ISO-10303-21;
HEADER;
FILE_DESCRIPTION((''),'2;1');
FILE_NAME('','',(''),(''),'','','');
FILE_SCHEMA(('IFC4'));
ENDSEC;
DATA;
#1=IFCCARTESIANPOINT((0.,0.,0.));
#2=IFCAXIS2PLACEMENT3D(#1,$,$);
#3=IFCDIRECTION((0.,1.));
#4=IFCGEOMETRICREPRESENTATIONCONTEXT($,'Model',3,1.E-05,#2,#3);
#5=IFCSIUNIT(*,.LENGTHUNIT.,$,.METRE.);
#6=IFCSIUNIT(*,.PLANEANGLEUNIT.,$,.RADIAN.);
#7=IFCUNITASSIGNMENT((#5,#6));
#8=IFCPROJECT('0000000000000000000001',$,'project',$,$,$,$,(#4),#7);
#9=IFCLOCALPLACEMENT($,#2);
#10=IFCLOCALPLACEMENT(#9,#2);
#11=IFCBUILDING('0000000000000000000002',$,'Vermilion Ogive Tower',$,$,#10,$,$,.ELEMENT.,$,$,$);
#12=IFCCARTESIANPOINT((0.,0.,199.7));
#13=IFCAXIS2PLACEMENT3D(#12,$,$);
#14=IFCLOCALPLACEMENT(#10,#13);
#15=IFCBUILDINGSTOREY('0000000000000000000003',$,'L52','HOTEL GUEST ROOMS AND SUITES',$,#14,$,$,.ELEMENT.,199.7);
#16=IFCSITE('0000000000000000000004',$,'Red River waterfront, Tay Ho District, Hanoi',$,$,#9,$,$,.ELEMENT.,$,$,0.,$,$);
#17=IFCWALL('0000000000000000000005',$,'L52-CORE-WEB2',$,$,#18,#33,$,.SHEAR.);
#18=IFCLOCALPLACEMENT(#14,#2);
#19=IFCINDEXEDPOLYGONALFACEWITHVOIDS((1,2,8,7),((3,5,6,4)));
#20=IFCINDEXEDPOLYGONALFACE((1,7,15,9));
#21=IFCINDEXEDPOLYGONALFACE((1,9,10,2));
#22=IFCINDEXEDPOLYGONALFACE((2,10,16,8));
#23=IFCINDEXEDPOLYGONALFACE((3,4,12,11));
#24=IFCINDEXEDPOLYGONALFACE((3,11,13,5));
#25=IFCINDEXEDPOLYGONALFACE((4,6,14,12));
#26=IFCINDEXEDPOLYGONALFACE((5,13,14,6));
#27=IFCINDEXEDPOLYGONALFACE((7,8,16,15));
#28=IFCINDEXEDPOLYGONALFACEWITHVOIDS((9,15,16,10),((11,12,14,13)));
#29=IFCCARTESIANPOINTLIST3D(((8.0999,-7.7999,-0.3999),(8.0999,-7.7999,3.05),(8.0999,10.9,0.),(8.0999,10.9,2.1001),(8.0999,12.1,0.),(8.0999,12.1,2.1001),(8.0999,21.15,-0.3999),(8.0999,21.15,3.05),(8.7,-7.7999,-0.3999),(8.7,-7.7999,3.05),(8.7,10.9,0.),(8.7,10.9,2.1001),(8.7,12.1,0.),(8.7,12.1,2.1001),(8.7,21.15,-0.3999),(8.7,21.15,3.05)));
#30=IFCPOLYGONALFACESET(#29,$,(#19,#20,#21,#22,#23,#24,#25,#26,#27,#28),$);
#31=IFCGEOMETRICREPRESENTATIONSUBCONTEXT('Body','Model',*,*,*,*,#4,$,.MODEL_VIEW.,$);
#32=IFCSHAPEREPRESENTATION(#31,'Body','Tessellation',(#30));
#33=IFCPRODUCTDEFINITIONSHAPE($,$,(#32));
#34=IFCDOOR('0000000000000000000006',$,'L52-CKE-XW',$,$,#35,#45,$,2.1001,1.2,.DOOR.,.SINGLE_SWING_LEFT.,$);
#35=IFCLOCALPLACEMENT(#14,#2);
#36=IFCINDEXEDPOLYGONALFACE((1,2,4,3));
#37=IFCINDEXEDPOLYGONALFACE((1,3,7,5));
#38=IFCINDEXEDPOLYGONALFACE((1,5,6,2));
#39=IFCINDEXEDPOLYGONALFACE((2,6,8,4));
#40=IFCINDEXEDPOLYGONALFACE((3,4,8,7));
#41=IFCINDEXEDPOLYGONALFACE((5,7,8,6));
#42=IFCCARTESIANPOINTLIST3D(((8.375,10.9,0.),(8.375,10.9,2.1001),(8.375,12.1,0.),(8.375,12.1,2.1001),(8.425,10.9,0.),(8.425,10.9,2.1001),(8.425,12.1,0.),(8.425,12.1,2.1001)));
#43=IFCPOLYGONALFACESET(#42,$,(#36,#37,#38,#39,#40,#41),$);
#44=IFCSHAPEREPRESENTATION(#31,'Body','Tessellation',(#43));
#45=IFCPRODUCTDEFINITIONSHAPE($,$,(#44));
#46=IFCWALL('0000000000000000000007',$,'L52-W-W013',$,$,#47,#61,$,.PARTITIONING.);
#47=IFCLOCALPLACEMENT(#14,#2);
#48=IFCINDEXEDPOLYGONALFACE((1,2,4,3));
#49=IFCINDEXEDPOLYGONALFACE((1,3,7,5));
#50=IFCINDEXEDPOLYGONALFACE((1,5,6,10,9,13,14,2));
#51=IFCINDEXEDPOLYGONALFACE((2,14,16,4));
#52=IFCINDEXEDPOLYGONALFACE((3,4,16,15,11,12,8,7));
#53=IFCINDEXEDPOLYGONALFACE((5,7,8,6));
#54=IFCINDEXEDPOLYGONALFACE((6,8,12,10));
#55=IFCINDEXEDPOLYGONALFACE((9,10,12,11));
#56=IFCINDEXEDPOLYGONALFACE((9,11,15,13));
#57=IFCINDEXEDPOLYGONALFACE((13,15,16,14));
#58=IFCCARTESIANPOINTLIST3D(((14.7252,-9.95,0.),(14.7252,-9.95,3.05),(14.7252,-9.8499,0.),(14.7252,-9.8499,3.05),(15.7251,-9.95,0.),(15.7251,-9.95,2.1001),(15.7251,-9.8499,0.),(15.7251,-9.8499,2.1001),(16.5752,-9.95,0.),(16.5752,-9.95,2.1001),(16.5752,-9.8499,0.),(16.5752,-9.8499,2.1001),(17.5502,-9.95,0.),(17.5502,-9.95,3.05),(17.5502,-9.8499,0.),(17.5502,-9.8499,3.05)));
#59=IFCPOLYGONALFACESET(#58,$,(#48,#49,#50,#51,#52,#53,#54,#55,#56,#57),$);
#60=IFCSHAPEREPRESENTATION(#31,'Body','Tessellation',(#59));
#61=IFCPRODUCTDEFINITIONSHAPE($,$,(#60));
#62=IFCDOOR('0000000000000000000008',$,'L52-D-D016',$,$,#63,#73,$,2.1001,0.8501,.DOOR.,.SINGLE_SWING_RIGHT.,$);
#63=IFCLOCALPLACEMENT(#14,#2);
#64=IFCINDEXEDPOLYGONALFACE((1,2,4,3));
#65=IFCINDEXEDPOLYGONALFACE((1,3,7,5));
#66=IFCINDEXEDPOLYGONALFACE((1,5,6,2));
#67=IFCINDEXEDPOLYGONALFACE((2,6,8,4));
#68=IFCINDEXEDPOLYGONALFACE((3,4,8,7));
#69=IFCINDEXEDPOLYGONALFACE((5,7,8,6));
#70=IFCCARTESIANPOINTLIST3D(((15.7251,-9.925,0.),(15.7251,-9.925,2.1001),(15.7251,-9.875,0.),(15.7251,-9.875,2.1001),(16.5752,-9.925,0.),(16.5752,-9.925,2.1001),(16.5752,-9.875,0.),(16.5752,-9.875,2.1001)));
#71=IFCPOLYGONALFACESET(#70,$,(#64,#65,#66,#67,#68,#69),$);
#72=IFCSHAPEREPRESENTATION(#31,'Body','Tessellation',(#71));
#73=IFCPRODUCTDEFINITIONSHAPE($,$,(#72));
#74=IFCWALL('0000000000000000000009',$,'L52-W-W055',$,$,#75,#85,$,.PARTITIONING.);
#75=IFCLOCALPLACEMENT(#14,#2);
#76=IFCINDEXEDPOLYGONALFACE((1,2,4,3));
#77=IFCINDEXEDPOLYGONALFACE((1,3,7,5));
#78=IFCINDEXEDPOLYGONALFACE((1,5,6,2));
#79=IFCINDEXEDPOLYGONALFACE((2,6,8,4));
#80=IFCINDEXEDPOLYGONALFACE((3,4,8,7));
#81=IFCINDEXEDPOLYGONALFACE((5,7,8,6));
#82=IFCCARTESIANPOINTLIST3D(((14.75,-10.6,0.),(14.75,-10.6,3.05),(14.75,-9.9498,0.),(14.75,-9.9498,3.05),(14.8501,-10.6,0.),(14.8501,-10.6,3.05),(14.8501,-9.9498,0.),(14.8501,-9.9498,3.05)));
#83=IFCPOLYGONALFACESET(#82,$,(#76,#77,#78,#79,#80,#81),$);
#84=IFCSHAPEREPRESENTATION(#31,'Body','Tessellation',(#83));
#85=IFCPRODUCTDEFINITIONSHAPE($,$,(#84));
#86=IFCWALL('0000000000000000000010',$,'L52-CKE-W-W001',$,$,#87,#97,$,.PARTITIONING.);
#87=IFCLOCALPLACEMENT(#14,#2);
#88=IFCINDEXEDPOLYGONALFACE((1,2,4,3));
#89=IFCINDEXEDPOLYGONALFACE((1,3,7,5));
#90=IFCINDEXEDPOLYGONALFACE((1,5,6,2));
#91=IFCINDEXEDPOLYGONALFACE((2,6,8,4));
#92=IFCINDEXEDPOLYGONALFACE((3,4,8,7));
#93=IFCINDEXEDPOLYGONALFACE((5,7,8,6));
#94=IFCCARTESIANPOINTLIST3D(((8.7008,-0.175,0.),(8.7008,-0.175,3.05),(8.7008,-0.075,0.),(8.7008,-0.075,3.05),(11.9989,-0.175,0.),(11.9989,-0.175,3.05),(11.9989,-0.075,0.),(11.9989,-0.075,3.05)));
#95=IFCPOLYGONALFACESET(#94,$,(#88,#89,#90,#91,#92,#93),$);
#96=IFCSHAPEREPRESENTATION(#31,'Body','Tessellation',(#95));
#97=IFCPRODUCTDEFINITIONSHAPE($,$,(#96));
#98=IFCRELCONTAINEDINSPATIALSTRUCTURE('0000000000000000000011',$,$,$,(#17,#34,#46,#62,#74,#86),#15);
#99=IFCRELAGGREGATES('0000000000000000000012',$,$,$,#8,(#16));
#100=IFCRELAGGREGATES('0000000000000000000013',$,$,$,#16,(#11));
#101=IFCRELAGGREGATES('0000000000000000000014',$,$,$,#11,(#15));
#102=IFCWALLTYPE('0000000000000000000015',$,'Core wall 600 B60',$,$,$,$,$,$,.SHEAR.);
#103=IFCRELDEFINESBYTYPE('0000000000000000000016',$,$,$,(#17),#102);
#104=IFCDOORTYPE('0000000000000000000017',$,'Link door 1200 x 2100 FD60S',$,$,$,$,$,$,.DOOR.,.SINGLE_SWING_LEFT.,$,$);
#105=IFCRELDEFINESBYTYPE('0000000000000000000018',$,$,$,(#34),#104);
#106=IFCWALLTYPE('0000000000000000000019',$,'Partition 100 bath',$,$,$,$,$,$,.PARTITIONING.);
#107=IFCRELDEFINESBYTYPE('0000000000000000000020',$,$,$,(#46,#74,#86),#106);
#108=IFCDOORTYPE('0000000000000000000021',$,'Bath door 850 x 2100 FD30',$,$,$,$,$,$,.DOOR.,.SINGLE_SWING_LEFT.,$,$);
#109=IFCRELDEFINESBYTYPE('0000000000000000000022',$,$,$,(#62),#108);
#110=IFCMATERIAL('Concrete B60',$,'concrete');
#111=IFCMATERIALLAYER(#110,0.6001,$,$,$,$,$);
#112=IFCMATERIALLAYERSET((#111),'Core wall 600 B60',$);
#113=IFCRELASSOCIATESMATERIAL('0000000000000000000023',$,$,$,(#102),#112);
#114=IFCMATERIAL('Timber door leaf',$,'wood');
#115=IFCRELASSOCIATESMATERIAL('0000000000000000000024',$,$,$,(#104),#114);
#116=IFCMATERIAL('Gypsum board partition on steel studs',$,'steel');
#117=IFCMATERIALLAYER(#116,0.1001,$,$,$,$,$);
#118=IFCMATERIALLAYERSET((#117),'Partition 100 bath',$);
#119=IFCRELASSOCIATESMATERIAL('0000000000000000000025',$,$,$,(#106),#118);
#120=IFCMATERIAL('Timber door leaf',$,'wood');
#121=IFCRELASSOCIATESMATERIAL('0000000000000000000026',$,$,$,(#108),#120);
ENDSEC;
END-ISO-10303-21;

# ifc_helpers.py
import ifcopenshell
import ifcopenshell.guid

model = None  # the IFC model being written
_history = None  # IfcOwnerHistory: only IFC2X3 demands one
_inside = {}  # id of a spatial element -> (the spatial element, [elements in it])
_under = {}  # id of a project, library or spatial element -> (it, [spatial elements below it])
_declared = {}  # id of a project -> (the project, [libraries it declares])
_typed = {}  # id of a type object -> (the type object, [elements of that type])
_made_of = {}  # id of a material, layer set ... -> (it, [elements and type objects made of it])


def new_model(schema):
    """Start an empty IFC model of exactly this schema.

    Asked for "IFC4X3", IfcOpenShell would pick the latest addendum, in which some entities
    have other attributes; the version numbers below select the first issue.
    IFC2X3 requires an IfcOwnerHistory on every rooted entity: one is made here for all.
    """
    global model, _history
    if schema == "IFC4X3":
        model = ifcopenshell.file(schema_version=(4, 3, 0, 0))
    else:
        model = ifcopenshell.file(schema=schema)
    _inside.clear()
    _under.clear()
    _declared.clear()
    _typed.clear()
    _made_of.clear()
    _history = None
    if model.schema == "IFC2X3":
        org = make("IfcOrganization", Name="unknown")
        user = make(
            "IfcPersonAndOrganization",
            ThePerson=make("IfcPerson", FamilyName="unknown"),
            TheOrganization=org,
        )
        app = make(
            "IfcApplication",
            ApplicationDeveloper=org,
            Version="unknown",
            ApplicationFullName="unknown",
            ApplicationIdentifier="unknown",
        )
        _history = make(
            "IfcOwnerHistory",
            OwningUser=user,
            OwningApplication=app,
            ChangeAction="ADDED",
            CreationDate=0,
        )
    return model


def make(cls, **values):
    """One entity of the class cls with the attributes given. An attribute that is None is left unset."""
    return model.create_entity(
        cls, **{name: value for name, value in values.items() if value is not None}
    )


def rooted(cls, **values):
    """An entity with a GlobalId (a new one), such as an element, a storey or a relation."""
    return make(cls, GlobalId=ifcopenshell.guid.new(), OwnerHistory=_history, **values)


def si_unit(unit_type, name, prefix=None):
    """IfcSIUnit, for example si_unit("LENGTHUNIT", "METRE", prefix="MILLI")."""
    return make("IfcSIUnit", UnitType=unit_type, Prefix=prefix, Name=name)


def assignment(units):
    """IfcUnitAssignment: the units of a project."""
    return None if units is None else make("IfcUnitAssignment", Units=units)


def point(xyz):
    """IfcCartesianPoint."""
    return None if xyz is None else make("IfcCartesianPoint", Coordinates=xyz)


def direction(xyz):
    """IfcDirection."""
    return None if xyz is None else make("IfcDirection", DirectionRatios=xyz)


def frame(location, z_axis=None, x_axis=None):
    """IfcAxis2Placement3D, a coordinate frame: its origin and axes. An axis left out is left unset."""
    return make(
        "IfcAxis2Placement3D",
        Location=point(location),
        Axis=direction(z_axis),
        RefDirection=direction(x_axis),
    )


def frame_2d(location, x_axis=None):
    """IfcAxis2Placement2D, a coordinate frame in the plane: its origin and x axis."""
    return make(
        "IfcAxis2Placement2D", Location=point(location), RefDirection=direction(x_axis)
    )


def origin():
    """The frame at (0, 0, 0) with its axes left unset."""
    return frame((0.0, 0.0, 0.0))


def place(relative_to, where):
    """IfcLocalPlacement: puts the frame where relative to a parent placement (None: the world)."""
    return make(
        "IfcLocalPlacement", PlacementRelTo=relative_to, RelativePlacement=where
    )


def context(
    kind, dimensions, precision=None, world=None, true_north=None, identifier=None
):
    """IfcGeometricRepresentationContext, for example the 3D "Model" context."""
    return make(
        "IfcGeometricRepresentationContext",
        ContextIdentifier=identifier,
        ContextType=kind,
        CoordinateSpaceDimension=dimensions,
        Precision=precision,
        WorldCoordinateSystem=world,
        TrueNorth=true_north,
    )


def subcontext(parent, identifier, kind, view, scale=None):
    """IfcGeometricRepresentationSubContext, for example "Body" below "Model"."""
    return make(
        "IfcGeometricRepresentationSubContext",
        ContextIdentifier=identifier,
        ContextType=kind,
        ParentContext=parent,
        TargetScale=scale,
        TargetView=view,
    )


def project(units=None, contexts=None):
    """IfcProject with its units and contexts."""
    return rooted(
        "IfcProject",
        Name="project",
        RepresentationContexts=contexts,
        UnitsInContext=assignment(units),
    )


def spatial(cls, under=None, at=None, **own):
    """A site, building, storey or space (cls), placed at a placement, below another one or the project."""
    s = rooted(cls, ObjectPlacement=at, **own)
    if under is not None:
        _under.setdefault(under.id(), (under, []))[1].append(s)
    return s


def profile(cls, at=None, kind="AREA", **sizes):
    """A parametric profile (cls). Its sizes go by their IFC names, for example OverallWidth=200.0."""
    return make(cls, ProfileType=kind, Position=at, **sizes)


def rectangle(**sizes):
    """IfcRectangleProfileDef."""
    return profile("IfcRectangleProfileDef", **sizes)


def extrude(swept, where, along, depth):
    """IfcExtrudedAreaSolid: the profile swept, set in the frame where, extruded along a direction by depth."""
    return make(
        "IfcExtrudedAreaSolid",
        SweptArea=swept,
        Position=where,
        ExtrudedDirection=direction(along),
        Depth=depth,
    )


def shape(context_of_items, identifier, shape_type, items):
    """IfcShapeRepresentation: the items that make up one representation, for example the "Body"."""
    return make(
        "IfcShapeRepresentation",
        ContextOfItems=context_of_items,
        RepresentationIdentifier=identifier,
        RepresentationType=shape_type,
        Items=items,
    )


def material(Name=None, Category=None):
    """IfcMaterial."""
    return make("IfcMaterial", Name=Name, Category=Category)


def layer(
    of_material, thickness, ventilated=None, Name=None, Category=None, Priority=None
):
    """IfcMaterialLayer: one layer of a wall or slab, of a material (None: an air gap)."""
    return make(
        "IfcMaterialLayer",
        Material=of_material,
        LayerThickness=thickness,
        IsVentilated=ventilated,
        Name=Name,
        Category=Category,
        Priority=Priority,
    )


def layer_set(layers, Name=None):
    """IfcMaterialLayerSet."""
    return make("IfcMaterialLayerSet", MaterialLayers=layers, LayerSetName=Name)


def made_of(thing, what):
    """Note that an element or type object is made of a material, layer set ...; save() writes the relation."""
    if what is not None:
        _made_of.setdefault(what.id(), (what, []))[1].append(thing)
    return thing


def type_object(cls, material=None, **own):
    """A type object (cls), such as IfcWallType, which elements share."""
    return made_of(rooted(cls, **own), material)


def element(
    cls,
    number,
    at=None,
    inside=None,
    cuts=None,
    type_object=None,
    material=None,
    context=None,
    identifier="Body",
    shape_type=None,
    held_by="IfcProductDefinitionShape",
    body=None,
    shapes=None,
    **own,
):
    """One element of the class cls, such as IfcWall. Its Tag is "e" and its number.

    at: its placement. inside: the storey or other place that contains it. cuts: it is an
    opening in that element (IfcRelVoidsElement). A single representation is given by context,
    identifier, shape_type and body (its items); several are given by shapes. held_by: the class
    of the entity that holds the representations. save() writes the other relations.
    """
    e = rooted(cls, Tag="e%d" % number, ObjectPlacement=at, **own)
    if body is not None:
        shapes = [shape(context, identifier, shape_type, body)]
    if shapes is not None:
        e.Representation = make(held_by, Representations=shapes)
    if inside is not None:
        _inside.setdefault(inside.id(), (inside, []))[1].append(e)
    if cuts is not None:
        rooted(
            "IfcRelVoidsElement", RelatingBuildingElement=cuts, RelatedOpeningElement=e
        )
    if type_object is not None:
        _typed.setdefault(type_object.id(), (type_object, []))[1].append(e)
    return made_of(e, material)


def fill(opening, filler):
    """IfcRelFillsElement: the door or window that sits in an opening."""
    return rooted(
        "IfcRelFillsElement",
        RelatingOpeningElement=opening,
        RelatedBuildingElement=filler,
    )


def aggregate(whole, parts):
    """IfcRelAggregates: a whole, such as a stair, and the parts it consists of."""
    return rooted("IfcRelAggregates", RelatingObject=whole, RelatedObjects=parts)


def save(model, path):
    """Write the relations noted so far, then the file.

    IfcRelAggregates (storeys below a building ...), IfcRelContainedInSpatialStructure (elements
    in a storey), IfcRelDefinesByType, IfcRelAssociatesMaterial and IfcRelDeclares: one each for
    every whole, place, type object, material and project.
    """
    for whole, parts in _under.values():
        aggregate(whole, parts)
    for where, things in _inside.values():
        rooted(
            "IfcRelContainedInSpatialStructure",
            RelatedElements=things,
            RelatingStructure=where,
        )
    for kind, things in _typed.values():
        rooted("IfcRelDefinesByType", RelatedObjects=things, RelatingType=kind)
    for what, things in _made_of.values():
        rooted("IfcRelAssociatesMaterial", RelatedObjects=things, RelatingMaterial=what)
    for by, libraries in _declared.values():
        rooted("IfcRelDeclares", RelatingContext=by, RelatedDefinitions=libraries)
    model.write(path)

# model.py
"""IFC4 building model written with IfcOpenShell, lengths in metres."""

from ifc_helpers import new_model, si_unit, direction, frame, frame_2d, origin, place, context, subcontext, project, spatial, rectangle, extrude, material, layer, layer_set, type_object, element, fill, save


model = new_model("IFC4")

# Units and contexts
model_context = context("Model", 3, precision=1e-05, world=origin(), true_north=direction((0.0, 1.0)))
body_context = subcontext(model_context, "Body", "Model", "MODEL_VIEW")
ifc_project = project(units=[si_unit("LENGTHUNIT", "METRE"), si_unit("PLANEANGLEUNIT", "RADIAN")], contexts=[model_context])

# Site, building, storey
site_placement = place(None, origin())
site = spatial("IfcSite", under=ifc_project, at=site_placement, Name="Red River waterfront, Tay Ho District, Hanoi", CompositionType="ELEMENT", RefElevation=0.0)
building_placement = place(site_placement, origin())
building = spatial("IfcBuilding", under=site, at=building_placement, Name="Vermilion Ogive Tower", CompositionType="ELEMENT")
storey_placement = place(building_placement, frame((0.0, 0.0, 199.7)))
storey = spatial("IfcBuildingStorey", under=building, at=storey_placement, Name="L52", Description="HOTEL GUEST ROOMS AND SUITES", CompositionType="ELEMENT", Elevation=199.7)

# Shared definitions
ifc_material_1 = material(Name="Concrete B60", Category="concrete")
ifc_layer_1 = layer(ifc_material_1, 0.6001)
ifc_layer_set_1 = layer_set([ifc_layer_1], Name="Core wall 600 B60")
wall_type_1 = type_object("IfcWallType", Name="Core wall 600 B60", PredefinedType="SHEAR", material=ifc_layer_set_1)
ifc_material_2 = material(Name="Timber door leaf", Category="wood")
door_type_1 = type_object("IfcDoorType", Name="Link door 1200 x 2100 FD60S", OperationType="SINGLE_SWING_LEFT", PredefinedType="DOOR", material=ifc_material_2)

# Walls, openings, doors
wall_1_placement = place(storey_placement, frame((8.3999, -7.8, -0.3999), z_axis=(0.0, 0.0, 1.0), x_axis=(0.0, 1.0, 0.0)))
wall_1 = element("IfcWall", 1, at=wall_1_placement, inside=storey, type_object=wall_type_1, Name="L52-CORE-WEB2", PredefinedType="SHEAR", context=body_context, shape_type="SweptSolid", body=[
    extrude(rectangle(XDim=28.95, YDim=0.6001, at=frame_2d((14.4751, 0.0))), origin(), (0.0, 0.0, 1.0), 3.45),
])
opening_1_placement = place(wall_1_placement, frame((18.7, 0.0, 0.3999)))
opening_1 = element("IfcOpeningElement", 2, at=opening_1_placement, cuts=wall_1, PredefinedType="OPENING", context=body_context, shape_type="SweptSolid", body=[
    extrude(rectangle(XDim=1.2, YDim=2.1001, at=frame_2d((0.6001, 1.05))), frame((0.0, 0.3101, 0.0), z_axis=(0.0, -1.0, 0.0), x_axis=(1.0, 0.0, 0.0)), (0.0, 0.0, 1.0), 0.6201),
])
door_1_placement = place(opening_1_placement, origin())
door_1 = element("IfcDoor", 3, at=door_1_placement, inside=storey, type_object=door_type_1, Name="L52-CKE-XW", OperationType="SINGLE_SWING_LEFT", OverallHeight=2.1001, OverallWidth=1.2, PredefinedType="DOOR", context=body_context, shape_type="SweptSolid", body=[
    extrude(rectangle(XDim=1.2, YDim=2.1001, at=frame_2d((0.6001, 1.05))), frame((0.0, 0.0249, 0.0), z_axis=(0.0, -1.0, 0.0), x_axis=(1.0, 0.0, 0.0)), (0.0, 0.0, 1.0), 0.05),
])
fill(opening_1, door_1)
ifc_material_3 = material(Name="Gypsum board partition on steel studs", Category="steel")
ifc_layer_2 = layer(ifc_material_3, 0.1001)
ifc_layer_set_2 = layer_set([ifc_layer_2], Name="Partition 100 bath")
wall_type_2 = type_object("IfcWallType", Name="Partition 100 bath", PredefinedType="PARTITIONING", material=ifc_layer_set_2)
wall_2_placement = place(storey_placement, frame((14.7251, -9.8999, 0.0), z_axis=(0.0, 0.0, 1.0), x_axis=(1.0, 0.0, 0.0)))
wall_2 = element("IfcWall", 4, at=wall_2_placement, inside=storey, type_object=wall_type_2, Name="L52-W-W013", PredefinedType="PARTITIONING", context=body_context, shape_type="SweptSolid", body=[
    extrude(rectangle(XDim=2.825, YDim=0.1001, at=frame_2d((1.4126, 0.0))), origin(), (0.0, 0.0, 1.0), 3.05),
])
opening_2_placement = place(wall_2_placement, frame((1.0, 0.0, 0.0)))
opening_2 = element("IfcOpeningElement", 5, at=opening_2_placement, cuts=wall_2, PredefinedType="OPENING", context=body_context, shape_type="SweptSolid", body=[
    extrude(rectangle(XDim=0.8501, YDim=2.1001, at=frame_2d((0.425, 1.05))), frame((0.0, 0.0601, 0.0), z_axis=(0.0, -1.0, 0.0), x_axis=(1.0, 0.0, 0.0)), (0.0, 0.0, 1.0), 0.1201),
])
ifc_material_4 = material(Name="Timber door leaf", Category="wood")
door_type_2 = type_object("IfcDoorType", Name="Bath door 850 x 2100 FD30", OperationType="SINGLE_SWING_LEFT", PredefinedType="DOOR", material=ifc_material_4)
door_2_placement = place(opening_2_placement, origin())
door_2 = element("IfcDoor", 6, at=door_2_placement, inside=storey, type_object=door_type_2, Name="L52-D-D016", OperationType="SINGLE_SWING_RIGHT", OverallHeight=2.1001, OverallWidth=0.8501, PredefinedType="DOOR", context=body_context, shape_type="SweptSolid", body=[
    extrude(rectangle(XDim=0.8501, YDim=2.1001, at=frame_2d((0.425, 1.05))), frame((0.0, 0.0249, 0.0), z_axis=(0.0, -1.0, 0.0), x_axis=(1.0, 0.0, 0.0)), (0.0, 0.0, 1.0), 0.05),
])
fill(opening_2, door_2)

# Walls
wall_3_placement = place(storey_placement, frame((14.8, -10.6001, 0.0), z_axis=(0.0, 0.0, 1.0), x_axis=(0.0, 1.0, 0.0)))
element("IfcWall", 7, at=wall_3_placement, inside=storey, type_object=wall_type_2, Name="L52-W-W055", PredefinedType="PARTITIONING", context=body_context, shape_type="SweptSolid", body=[
    extrude(rectangle(XDim=0.6501, YDim=0.1001, at=frame_2d((0.3252, 0.0))), origin(), (0.0, 0.0, 1.0), 3.05),
])
wall_4_placement = place(storey_placement, frame((8.7009, -0.125, 0.0), z_axis=(0.0, 0.0, 1.0), x_axis=(1.0, 0.0, 0.0)))
element("IfcWall", 8, at=wall_4_placement, inside=storey, type_object=wall_type_2, Name="L52-CKE-W-W001", PredefinedType="PARTITIONING", context=body_context, shape_type="SweptSolid", body=[
    extrude(rectangle(XDim=3.2981, YDim=0.1001, at=frame_2d((1.6489, 0.0))), origin(), (0.0, 0.0, 1.0), 3.05),
])

save(model, "model.ifc")
